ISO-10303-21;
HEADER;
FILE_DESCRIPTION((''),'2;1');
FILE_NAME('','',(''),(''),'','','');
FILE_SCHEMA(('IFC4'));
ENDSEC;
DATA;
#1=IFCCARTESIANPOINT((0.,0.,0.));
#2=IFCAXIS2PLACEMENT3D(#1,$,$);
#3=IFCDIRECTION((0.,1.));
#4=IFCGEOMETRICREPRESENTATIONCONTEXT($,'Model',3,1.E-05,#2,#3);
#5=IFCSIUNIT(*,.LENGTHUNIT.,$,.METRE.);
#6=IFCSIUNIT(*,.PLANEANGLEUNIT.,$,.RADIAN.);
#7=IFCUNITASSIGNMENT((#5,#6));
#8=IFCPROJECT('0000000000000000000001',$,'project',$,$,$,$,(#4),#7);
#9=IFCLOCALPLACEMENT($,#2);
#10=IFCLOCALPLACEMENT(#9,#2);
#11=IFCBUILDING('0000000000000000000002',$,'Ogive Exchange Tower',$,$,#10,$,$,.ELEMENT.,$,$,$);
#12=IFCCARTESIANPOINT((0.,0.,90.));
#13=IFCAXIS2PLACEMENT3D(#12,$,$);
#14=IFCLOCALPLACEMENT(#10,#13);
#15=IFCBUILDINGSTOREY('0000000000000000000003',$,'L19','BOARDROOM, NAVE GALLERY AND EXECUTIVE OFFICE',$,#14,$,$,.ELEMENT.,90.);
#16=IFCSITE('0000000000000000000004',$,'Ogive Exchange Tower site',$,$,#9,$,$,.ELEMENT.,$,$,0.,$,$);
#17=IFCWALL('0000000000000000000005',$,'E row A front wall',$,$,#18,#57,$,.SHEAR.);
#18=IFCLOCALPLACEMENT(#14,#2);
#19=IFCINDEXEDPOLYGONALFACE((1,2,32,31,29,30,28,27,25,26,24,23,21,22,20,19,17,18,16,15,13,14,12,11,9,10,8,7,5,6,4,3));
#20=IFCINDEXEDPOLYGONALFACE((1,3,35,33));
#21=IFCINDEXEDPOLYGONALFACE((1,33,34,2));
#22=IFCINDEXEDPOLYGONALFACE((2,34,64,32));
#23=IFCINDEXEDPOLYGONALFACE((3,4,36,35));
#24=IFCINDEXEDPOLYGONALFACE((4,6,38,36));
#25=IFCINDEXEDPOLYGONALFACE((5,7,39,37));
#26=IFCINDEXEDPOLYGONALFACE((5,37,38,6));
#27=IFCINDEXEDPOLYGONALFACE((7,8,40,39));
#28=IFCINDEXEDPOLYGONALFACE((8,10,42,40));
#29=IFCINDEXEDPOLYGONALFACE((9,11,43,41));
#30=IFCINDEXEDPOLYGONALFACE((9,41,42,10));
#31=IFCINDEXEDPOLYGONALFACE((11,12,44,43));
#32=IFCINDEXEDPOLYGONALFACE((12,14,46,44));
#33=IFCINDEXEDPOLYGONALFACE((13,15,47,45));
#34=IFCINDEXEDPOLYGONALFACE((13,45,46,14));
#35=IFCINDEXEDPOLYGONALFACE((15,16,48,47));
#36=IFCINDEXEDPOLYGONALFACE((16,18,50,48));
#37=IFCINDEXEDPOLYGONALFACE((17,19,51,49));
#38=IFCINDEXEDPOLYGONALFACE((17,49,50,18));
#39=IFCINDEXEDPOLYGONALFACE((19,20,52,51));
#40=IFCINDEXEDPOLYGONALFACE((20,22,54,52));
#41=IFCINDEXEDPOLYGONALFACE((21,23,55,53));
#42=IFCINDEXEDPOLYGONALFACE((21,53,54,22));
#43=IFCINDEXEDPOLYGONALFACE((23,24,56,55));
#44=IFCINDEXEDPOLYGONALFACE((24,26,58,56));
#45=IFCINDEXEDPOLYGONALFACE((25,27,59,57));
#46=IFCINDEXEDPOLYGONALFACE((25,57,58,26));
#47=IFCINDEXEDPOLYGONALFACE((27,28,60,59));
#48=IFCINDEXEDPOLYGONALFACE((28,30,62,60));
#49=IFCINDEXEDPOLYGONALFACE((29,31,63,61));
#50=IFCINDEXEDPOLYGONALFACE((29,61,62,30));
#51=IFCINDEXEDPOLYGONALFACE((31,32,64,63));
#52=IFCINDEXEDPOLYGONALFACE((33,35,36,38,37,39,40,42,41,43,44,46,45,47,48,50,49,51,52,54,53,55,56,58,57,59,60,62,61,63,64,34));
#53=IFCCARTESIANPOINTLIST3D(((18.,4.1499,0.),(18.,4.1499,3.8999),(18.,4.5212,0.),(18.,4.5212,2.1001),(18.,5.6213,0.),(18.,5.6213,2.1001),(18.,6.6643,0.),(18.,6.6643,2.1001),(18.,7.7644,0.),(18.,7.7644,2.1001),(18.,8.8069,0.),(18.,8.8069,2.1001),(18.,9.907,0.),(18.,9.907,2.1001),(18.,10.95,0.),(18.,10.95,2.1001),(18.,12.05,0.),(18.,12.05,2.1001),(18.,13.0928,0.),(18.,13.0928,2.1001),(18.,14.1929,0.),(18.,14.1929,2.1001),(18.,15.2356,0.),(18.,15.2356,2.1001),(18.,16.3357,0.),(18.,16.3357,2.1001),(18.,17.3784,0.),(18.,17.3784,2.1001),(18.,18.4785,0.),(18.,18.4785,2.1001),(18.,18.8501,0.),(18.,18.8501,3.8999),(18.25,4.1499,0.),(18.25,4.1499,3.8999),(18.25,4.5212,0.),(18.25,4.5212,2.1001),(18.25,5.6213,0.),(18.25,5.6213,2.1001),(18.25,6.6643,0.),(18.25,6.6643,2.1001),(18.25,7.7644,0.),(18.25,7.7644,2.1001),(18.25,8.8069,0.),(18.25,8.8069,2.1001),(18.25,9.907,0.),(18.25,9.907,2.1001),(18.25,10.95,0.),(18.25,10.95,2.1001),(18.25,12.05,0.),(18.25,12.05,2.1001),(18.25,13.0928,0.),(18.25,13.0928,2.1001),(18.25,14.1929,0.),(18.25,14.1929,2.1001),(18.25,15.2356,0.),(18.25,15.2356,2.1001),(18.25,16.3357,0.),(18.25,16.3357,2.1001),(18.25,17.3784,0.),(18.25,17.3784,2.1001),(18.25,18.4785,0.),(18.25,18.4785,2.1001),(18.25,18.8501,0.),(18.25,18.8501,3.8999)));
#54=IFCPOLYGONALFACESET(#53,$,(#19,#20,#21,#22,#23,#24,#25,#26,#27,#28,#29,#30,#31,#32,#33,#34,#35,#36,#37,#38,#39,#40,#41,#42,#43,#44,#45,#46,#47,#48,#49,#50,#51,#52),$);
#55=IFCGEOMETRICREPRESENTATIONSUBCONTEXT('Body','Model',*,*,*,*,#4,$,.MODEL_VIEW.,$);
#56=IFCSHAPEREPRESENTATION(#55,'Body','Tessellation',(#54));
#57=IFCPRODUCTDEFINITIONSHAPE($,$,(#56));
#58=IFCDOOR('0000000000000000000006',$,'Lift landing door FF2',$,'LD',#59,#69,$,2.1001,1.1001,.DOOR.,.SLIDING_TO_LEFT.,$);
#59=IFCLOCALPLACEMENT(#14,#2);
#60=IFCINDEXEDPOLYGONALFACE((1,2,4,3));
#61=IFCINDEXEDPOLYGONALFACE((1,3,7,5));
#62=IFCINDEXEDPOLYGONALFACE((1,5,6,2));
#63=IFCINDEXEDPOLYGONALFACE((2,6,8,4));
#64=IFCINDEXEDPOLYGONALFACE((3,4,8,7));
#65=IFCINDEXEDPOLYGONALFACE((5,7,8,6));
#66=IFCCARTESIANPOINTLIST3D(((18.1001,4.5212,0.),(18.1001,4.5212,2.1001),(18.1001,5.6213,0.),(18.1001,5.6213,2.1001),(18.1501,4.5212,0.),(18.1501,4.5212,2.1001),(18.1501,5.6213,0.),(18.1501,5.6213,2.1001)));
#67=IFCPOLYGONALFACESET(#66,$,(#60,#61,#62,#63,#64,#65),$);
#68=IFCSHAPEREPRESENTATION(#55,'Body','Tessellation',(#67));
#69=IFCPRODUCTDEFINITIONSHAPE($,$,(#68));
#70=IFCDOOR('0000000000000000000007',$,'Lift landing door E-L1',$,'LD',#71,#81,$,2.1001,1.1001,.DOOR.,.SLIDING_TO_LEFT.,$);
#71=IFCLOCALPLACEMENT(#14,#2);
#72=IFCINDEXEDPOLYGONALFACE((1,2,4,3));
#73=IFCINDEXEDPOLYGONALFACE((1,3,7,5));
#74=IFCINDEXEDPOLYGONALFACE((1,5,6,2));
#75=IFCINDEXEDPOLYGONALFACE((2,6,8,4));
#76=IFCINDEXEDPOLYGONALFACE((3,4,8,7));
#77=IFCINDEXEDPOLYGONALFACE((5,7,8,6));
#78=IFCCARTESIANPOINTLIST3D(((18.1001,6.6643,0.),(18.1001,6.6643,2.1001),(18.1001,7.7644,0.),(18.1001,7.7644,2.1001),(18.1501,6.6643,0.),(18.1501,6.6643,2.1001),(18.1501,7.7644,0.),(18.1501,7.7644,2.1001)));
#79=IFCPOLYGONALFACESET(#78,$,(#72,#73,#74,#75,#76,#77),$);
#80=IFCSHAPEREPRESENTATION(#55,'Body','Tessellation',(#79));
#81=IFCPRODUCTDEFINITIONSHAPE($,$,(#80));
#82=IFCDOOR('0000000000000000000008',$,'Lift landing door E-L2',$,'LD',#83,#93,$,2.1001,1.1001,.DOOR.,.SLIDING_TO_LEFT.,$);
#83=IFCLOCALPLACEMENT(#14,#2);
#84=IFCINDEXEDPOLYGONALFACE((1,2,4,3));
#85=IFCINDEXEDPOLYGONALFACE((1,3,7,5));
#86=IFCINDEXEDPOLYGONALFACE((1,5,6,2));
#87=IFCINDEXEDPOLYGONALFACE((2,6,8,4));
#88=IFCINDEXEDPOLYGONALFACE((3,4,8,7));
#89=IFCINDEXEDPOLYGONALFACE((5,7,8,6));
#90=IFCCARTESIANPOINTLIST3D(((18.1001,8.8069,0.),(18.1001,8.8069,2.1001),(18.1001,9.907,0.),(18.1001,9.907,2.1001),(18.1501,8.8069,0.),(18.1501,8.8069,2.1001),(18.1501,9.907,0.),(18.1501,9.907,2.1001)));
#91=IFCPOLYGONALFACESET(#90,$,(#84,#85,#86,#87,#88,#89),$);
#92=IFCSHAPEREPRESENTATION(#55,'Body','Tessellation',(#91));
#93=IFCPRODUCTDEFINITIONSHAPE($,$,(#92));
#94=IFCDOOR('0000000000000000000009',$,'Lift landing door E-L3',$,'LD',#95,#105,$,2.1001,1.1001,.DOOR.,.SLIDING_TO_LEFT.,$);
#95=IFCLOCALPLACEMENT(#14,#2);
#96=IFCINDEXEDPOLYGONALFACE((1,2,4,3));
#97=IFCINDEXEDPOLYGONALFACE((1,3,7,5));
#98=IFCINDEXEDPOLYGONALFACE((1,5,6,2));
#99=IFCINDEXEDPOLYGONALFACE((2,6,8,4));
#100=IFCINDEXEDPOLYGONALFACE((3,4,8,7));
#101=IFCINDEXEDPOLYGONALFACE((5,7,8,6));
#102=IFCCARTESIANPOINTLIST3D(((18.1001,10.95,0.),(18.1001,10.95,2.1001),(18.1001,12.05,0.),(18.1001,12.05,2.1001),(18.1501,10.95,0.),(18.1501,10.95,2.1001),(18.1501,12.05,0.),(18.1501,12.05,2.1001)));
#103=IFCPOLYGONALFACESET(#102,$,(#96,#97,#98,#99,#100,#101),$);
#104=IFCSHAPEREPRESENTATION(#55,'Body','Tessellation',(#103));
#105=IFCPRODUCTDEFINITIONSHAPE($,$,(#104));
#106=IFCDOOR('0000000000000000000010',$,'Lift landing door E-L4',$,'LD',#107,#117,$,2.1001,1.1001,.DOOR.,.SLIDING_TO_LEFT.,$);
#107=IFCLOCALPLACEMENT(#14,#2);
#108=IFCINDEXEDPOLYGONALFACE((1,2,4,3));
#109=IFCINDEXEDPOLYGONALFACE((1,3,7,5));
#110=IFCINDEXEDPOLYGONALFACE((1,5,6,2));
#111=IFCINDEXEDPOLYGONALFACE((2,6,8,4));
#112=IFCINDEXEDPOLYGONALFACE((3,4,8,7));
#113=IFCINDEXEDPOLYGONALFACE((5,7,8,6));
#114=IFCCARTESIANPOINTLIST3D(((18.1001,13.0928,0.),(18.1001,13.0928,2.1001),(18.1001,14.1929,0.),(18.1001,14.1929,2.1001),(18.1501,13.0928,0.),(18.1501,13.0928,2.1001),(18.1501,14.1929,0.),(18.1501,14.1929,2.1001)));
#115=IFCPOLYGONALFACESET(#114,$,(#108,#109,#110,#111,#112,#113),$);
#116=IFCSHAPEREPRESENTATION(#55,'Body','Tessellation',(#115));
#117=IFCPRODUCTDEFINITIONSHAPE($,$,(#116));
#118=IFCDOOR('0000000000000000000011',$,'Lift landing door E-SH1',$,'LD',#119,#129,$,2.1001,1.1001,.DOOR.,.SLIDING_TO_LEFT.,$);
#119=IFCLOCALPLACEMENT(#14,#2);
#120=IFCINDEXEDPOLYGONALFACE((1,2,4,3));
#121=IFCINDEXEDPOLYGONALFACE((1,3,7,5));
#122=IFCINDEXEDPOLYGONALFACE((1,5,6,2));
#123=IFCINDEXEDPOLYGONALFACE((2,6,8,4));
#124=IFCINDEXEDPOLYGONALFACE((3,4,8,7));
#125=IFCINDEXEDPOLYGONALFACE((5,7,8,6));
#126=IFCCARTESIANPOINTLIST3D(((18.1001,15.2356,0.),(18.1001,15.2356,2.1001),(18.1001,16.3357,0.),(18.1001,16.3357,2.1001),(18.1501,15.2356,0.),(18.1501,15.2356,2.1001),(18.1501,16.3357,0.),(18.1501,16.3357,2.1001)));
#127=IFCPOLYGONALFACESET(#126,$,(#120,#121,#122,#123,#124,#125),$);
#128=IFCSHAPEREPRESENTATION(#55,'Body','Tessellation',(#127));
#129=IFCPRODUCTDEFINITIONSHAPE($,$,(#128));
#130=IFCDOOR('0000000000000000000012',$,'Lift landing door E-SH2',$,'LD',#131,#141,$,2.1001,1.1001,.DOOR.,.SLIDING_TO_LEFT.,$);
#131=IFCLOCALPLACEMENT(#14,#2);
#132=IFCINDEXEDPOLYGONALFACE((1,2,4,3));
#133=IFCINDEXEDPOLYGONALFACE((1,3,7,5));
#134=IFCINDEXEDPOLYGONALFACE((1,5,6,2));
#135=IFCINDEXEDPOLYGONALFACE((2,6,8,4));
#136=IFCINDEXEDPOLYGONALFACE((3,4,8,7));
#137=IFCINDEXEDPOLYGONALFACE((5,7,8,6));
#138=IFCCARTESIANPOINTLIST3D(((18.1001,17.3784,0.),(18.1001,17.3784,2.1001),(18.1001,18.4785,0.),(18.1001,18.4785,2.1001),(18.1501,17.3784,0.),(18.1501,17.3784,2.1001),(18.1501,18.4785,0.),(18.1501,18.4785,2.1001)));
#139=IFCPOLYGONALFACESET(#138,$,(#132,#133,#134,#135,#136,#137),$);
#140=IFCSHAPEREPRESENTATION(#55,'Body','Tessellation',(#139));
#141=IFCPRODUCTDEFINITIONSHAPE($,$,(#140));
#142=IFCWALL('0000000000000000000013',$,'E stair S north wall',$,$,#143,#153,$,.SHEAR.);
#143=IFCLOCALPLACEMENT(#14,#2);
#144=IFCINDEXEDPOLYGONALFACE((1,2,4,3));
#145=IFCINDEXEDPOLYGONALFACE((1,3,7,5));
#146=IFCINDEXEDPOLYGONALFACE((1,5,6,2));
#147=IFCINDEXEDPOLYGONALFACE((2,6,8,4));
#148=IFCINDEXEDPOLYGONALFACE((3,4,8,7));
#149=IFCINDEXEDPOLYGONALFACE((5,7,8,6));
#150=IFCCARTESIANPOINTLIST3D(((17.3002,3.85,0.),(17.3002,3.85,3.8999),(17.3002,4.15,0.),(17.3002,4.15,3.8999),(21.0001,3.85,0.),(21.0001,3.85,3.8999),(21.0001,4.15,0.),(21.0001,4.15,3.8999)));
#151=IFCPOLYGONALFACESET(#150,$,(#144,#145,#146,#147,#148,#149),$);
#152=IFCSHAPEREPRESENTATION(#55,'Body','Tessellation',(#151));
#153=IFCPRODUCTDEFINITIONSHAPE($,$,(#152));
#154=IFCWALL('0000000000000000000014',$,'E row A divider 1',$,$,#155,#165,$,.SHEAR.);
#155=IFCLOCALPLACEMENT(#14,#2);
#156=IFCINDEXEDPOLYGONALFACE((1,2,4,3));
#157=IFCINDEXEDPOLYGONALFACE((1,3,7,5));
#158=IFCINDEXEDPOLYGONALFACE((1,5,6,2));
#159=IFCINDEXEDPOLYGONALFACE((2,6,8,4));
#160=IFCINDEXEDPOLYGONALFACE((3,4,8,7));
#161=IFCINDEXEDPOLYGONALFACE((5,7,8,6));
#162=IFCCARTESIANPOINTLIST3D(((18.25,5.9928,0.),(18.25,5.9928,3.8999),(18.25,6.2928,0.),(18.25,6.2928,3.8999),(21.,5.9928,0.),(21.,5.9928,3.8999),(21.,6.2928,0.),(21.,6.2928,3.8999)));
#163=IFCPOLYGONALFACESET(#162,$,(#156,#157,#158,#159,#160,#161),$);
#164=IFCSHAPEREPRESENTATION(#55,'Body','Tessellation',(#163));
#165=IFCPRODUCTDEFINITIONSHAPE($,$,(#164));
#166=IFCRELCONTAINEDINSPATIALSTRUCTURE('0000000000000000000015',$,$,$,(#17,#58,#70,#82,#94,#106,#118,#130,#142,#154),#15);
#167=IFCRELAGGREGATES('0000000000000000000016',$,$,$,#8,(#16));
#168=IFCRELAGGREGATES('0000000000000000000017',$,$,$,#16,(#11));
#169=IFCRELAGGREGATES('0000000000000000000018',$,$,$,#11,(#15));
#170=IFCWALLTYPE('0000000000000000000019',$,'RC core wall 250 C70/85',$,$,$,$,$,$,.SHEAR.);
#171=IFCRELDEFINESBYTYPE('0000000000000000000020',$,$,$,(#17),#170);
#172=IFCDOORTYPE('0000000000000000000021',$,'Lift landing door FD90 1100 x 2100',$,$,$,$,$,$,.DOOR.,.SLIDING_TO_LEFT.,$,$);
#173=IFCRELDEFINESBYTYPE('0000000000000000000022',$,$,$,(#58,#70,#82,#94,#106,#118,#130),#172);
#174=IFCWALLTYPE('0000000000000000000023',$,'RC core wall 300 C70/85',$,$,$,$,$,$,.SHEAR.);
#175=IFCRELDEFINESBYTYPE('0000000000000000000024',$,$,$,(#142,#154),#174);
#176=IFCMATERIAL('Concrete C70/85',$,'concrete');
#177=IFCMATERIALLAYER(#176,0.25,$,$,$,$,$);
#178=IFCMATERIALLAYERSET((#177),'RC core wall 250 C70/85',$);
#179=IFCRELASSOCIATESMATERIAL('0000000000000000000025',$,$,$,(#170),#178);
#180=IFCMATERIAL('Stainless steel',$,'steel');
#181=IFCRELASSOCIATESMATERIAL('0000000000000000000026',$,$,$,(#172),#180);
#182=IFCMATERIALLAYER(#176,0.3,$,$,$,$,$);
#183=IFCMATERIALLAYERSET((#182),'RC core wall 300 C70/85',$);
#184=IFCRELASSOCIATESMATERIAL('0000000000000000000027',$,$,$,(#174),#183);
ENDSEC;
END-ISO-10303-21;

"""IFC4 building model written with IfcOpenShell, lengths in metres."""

from ifc_helpers import new_model, si_unit, direction, frame, frame_2d, origin, place, context, subcontext, project, spatial, rectangle, extrude, material, layer, layer_set, type_object, element, fill, save


model = new_model("IFC4")

# Units and contexts
model_context = context("Model", 3, precision=1e-05, world=origin(), true_north=direction((0.0, 1.0)))
body_context = subcontext(model_context, "Body", "Model", "MODEL_VIEW")
ifc_project = project(units=[si_unit("LENGTHUNIT", "METRE"), si_unit("PLANEANGLEUNIT", "RADIAN")], contexts=[model_context])

# Site, building, storey
site_placement = place(None, origin())
site = spatial("IfcSite", under=ifc_project, at=site_placement, Name="Ogive Exchange Tower site", CompositionType="ELEMENT", RefElevation=0.0)
building_placement = place(site_placement, origin())
building = spatial("IfcBuilding", under=site, at=building_placement, Name="Ogive Exchange Tower", CompositionType="ELEMENT")
storey_placement = place(building_placement, frame((0.0, 0.0, 90.0)))
storey = spatial("IfcBuildingStorey", under=building, at=storey_placement, Name="L19", Description="BOARDROOM, NAVE GALLERY AND EXECUTIVE OFFICE", CompositionType="ELEMENT", Elevation=90.0)

# Wall, openings, doors
ifc_material_1 = material(Name="Concrete C70/85", Category="concrete")
ifc_layer_1 = layer(ifc_material_1, 0.25)
ifc_layer_set_1 = layer_set([ifc_layer_1], Name="RC core wall 250 C70/85")
wall_type_1 = type_object("IfcWallType", Name="RC core wall 250 C70/85", PredefinedType="SHEAR", material=ifc_layer_set_1)
wall_1_placement = place(storey_placement, frame((18.125, 4.1499, 0.0), z_axis=(0.0, 0.0, 1.0), x_axis=(0.0, 1.0, 0.0)))
wall_1 = element("IfcWall", 1, at=wall_1_placement, inside=storey, type_object=wall_type_1, Name="E row A front wall", PredefinedType="SHEAR", context=body_context, shape_type="SweptSolid", body=[
    extrude(rectangle(XDim=14.7002, YDim=0.25, at=frame_2d((7.3501, 0.0))), origin(), (0.0, 0.0, 1.0), 3.8999),
])
opening_1_placement = place(wall_1_placement, frame((0.3713, 0.0, 0.0)))
opening_1 = element("IfcOpeningElement", 2, at=opening_1_placement, cuts=wall_1, PredefinedType="OPENING", context=body_context, shape_type="SweptSolid", body=[
    extrude(rectangle(XDim=1.1001, YDim=2.1001, at=frame_2d((0.55, 1.05))), frame((0.0, 0.135, 0.0), z_axis=(0.0, -1.0, 0.0), x_axis=(1.0, 0.0, 0.0)), (0.0, 0.0, 1.0), 0.27),
])
opening_2_placement = place(wall_1_placement, frame((2.5144, 0.0, 0.0)))
opening_2 = element("IfcOpeningElement", 3, at=opening_2_placement, cuts=wall_1, PredefinedType="OPENING", context=body_context, shape_type="SweptSolid", body=[
    extrude(rectangle(XDim=1.1001, YDim=2.1001, at=frame_2d((0.55, 1.05))), frame((0.0, 0.135, 0.0), z_axis=(0.0, -1.0, 0.0), x_axis=(1.0, 0.0, 0.0)), (0.0, 0.0, 1.0), 0.27),
])
opening_3_placement = place(wall_1_placement, frame((4.657, 0.0, 0.0)))
opening_3 = element("IfcOpeningElement", 4, at=opening_3_placement, cuts=wall_1, PredefinedType="OPENING", context=body_context, shape_type="SweptSolid", body=[
    extrude(rectangle(XDim=1.1001, YDim=2.1001, at=frame_2d((0.55, 1.05))), frame((0.0, 0.135, 0.0), z_axis=(0.0, -1.0, 0.0), x_axis=(1.0, 0.0, 0.0)), (0.0, 0.0, 1.0), 0.27),
])
opening_4_placement = place(wall_1_placement, frame((6.8, 0.0, 0.0)))
opening_4 = element("IfcOpeningElement", 5, at=opening_4_placement, cuts=wall_1, PredefinedType="OPENING", context=body_context, shape_type="SweptSolid", body=[
    extrude(rectangle(XDim=1.1001, YDim=2.1001, at=frame_2d((0.55, 1.05))), frame((0.0, 0.135, 0.0), z_axis=(0.0, -1.0, 0.0), x_axis=(1.0, 0.0, 0.0)), (0.0, 0.0, 1.0), 0.27),
])
opening_5_placement = place(wall_1_placement, frame((8.9429, 0.0, 0.0)))
opening_5 = element("IfcOpeningElement", 6, at=opening_5_placement, cuts=wall_1, PredefinedType="OPENING", context=body_context, shape_type="SweptSolid", body=[
    extrude(rectangle(XDim=1.1001, YDim=2.1001, at=frame_2d((0.55, 1.05))), frame((0.0, 0.135, 0.0), z_axis=(0.0, -1.0, 0.0), x_axis=(1.0, 0.0, 0.0)), (0.0, 0.0, 1.0), 0.27),
])
opening_6_placement = place(wall_1_placement, frame((11.0857, 0.0, 0.0)))
opening_6 = element("IfcOpeningElement", 7, at=opening_6_placement, cuts=wall_1, PredefinedType="OPENING", context=body_context, shape_type="SweptSolid", body=[
    extrude(rectangle(XDim=1.1001, YDim=2.1001, at=frame_2d((0.55, 1.05))), frame((0.0, 0.135, 0.0), z_axis=(0.0, -1.0, 0.0), x_axis=(1.0, 0.0, 0.0)), (0.0, 0.0, 1.0), 0.27),
])
opening_7_placement = place(wall_1_placement, frame((13.2285, 0.0, 0.0)))
opening_7 = element("IfcOpeningElement", 8, at=opening_7_placement, cuts=wall_1, PredefinedType="OPENING", context=body_context, shape_type="SweptSolid", body=[
    extrude(rectangle(XDim=1.1001, YDim=2.1001, at=frame_2d((0.55, 1.05))), frame((0.0, 0.135, 0.0), z_axis=(0.0, -1.0, 0.0), x_axis=(1.0, 0.0, 0.0)), (0.0, 0.0, 1.0), 0.27),
])
ifc_material_2 = material(Name="Stainless steel", Category="steel")
door_type_1 = type_object("IfcDoorType", Name="Lift landing door FD90 1100 x 2100", OperationType="SLIDING_TO_LEFT", PredefinedType="DOOR", material=ifc_material_2)
door_1_placement = place(opening_1_placement, origin())
door_1 = element("IfcDoor", 9, at=door_1_placement, inside=storey, type_object=door_type_1, Name="Lift landing door FF2", ObjectType="LD", OperationType="SLIDING_TO_LEFT", OverallHeight=2.1001, OverallWidth=1.1001, PredefinedType="DOOR", context=body_context, shape_type="SweptSolid", body=[
    extrude(rectangle(XDim=1.1001, YDim=2.1001, at=frame_2d((0.55, 1.05))), frame((0.0, 0.0249, 0.0), z_axis=(0.0, -1.0, 0.0), x_axis=(1.0, 0.0, 0.0)), (0.0, 0.0, 1.0), 0.05),
])
fill(opening_1, door_1)
door_2_placement = place(opening_2_placement, origin())
door_2 = element("IfcDoor", 10, at=door_2_placement, inside=storey, type_object=door_type_1, Name="Lift landing door E-L1", ObjectType="LD", OperationType="SLIDING_TO_LEFT", OverallHeight=2.1001, OverallWidth=1.1001, PredefinedType="DOOR", context=body_context, shape_type="SweptSolid", body=[
    extrude(rectangle(XDim=1.1001, YDim=2.1001, at=frame_2d((0.55, 1.05))), frame((0.0, 0.0249, 0.0), z_axis=(0.0, -1.0, 0.0), x_axis=(1.0, 0.0, 0.0)), (0.0, 0.0, 1.0), 0.05),
])
fill(opening_2, door_2)
door_3_placement = place(opening_3_placement, origin())
door_3 = element("IfcDoor", 11, at=door_3_placement, inside=storey, type_object=door_type_1, Name="Lift landing door E-L2", ObjectType="LD", OperationType="SLIDING_TO_LEFT", OverallHeight=2.1001, OverallWidth=1.1001, PredefinedType="DOOR", context=body_context, shape_type="SweptSolid", body=[
    extrude(rectangle(XDim=1.1001, YDim=2.1001, at=frame_2d((0.55, 1.05))), frame((0.0, 0.0249, 0.0), z_axis=(0.0, -1.0, 0.0), x_axis=(1.0, 0.0, 0.0)), (0.0, 0.0, 1.0), 0.05),
])
fill(opening_3, door_3)
door_4_placement = place(opening_4_placement, origin())
door_4 = element("IfcDoor", 12, at=door_4_placement, inside=storey, type_object=door_type_1, Name="Lift landing door E-L3", ObjectType="LD", OperationType="SLIDING_TO_LEFT", OverallHeight=2.1001, OverallWidth=1.1001, PredefinedType="DOOR", context=body_context, shape_type="SweptSolid", body=[
    extrude(rectangle(XDim=1.1001, YDim=2.1001, at=frame_2d((0.55, 1.05))), frame((0.0, 0.0249, 0.0), z_axis=(0.0, -1.0, 0.0), x_axis=(1.0, 0.0, 0.0)), (0.0, 0.0, 1.0), 0.05),
])
fill(opening_4, door_4)
door_5_placement = place(opening_5_placement, origin())
door_5 = element("IfcDoor", 13, at=door_5_placement, inside=storey, type_object=door_type_1, Name="Lift landing door E-L4", ObjectType="LD", OperationType="SLIDING_TO_LEFT", OverallHeight=2.1001, OverallWidth=1.1001, PredefinedType="DOOR", context=body_context, shape_type="SweptSolid", body=[
    extrude(rectangle(XDim=1.1001, YDim=2.1001, at=frame_2d((0.55, 1.05))), frame((0.0, 0.0249, 0.0), z_axis=(0.0, -1.0, 0.0), x_axis=(1.0, 0.0, 0.0)), (0.0, 0.0, 1.0), 0.05),
])
fill(opening_5, door_5)
door_6_placement = place(opening_6_placement, origin())
door_6 = element("IfcDoor", 14, at=door_6_placement, inside=storey, type_object=door_type_1, Name="Lift landing door E-SH1", ObjectType="LD", OperationType="SLIDING_TO_LEFT", OverallHeight=2.1001, OverallWidth=1.1001, PredefinedType="DOOR", context=body_context, shape_type="SweptSolid", body=[
    extrude(rectangle(XDim=1.1001, YDim=2.1001, at=frame_2d((0.55, 1.05))), frame((0.0, 0.0249, 0.0), z_axis=(0.0, -1.0, 0.0), x_axis=(1.0, 0.0, 0.0)), (0.0, 0.0, 1.0), 0.05),
])
fill(opening_6, door_6)
door_7_placement = place(opening_7_placement, origin())
door_7 = element("IfcDoor", 15, at=door_7_placement, inside=storey, type_object=door_type_1, Name="Lift landing door E-SH2", ObjectType="LD", OperationType="SLIDING_TO_LEFT", OverallHeight=2.1001, OverallWidth=1.1001, PredefinedType="DOOR", context=body_context, shape_type="SweptSolid", body=[
    extrude(rectangle(XDim=1.1001, YDim=2.1001, at=frame_2d((0.55, 1.05))), frame((0.0, 0.0249, 0.0), z_axis=(0.0, -1.0, 0.0), x_axis=(1.0, 0.0, 0.0)), (0.0, 0.0, 1.0), 0.05),
])
fill(opening_7, door_7)

# Walls
ifc_layer_2 = layer(ifc_material_1, 0.3)
ifc_layer_set_2 = layer_set([ifc_layer_2], Name="RC core wall 300 C70/85")
wall_type_2 = type_object("IfcWallType", Name="RC core wall 300 C70/85", PredefinedType="SHEAR", material=ifc_layer_set_2)
wall_2_placement = place(storey_placement, frame((17.3, 4.0, 0.0), z_axis=(0.0, 0.0, 1.0), x_axis=(1.0, 0.0, 0.0)))
element("IfcWall", 16, at=wall_2_placement, inside=storey, type_object=wall_type_2, Name="E stair S north wall", PredefinedType="SHEAR", context=body_context, shape_type="SweptSolid", body=[
    extrude(rectangle(XDim=3.7, YDim=0.3, at=frame_2d((1.8501, 0.0))), origin(), (0.0, 0.0, 1.0), 3.8999),
])
for number, where, z_axis, x_axis, name in (
    (17, (18.25, 6.1428, 0.0), (0.0, 0.0, 1.0), (1.0, 0.0, 0.0), "E row A divider 1"),
):
    element("IfcWall", number, at=place(storey_placement, frame(where, z_axis=z_axis, x_axis=x_axis)), inside=storey, type_object=wall_type_2, Name=name, PredefinedType="SHEAR", context=body_context, shape_type="SweptSolid", body=[
        extrude(rectangle(XDim=2.75, YDim=0.3, at=frame_2d((1.375, 0.0))), origin(), (0.0, 0.0, 1.0), 3.8999),
    ])

save(model, "model.ifc")
